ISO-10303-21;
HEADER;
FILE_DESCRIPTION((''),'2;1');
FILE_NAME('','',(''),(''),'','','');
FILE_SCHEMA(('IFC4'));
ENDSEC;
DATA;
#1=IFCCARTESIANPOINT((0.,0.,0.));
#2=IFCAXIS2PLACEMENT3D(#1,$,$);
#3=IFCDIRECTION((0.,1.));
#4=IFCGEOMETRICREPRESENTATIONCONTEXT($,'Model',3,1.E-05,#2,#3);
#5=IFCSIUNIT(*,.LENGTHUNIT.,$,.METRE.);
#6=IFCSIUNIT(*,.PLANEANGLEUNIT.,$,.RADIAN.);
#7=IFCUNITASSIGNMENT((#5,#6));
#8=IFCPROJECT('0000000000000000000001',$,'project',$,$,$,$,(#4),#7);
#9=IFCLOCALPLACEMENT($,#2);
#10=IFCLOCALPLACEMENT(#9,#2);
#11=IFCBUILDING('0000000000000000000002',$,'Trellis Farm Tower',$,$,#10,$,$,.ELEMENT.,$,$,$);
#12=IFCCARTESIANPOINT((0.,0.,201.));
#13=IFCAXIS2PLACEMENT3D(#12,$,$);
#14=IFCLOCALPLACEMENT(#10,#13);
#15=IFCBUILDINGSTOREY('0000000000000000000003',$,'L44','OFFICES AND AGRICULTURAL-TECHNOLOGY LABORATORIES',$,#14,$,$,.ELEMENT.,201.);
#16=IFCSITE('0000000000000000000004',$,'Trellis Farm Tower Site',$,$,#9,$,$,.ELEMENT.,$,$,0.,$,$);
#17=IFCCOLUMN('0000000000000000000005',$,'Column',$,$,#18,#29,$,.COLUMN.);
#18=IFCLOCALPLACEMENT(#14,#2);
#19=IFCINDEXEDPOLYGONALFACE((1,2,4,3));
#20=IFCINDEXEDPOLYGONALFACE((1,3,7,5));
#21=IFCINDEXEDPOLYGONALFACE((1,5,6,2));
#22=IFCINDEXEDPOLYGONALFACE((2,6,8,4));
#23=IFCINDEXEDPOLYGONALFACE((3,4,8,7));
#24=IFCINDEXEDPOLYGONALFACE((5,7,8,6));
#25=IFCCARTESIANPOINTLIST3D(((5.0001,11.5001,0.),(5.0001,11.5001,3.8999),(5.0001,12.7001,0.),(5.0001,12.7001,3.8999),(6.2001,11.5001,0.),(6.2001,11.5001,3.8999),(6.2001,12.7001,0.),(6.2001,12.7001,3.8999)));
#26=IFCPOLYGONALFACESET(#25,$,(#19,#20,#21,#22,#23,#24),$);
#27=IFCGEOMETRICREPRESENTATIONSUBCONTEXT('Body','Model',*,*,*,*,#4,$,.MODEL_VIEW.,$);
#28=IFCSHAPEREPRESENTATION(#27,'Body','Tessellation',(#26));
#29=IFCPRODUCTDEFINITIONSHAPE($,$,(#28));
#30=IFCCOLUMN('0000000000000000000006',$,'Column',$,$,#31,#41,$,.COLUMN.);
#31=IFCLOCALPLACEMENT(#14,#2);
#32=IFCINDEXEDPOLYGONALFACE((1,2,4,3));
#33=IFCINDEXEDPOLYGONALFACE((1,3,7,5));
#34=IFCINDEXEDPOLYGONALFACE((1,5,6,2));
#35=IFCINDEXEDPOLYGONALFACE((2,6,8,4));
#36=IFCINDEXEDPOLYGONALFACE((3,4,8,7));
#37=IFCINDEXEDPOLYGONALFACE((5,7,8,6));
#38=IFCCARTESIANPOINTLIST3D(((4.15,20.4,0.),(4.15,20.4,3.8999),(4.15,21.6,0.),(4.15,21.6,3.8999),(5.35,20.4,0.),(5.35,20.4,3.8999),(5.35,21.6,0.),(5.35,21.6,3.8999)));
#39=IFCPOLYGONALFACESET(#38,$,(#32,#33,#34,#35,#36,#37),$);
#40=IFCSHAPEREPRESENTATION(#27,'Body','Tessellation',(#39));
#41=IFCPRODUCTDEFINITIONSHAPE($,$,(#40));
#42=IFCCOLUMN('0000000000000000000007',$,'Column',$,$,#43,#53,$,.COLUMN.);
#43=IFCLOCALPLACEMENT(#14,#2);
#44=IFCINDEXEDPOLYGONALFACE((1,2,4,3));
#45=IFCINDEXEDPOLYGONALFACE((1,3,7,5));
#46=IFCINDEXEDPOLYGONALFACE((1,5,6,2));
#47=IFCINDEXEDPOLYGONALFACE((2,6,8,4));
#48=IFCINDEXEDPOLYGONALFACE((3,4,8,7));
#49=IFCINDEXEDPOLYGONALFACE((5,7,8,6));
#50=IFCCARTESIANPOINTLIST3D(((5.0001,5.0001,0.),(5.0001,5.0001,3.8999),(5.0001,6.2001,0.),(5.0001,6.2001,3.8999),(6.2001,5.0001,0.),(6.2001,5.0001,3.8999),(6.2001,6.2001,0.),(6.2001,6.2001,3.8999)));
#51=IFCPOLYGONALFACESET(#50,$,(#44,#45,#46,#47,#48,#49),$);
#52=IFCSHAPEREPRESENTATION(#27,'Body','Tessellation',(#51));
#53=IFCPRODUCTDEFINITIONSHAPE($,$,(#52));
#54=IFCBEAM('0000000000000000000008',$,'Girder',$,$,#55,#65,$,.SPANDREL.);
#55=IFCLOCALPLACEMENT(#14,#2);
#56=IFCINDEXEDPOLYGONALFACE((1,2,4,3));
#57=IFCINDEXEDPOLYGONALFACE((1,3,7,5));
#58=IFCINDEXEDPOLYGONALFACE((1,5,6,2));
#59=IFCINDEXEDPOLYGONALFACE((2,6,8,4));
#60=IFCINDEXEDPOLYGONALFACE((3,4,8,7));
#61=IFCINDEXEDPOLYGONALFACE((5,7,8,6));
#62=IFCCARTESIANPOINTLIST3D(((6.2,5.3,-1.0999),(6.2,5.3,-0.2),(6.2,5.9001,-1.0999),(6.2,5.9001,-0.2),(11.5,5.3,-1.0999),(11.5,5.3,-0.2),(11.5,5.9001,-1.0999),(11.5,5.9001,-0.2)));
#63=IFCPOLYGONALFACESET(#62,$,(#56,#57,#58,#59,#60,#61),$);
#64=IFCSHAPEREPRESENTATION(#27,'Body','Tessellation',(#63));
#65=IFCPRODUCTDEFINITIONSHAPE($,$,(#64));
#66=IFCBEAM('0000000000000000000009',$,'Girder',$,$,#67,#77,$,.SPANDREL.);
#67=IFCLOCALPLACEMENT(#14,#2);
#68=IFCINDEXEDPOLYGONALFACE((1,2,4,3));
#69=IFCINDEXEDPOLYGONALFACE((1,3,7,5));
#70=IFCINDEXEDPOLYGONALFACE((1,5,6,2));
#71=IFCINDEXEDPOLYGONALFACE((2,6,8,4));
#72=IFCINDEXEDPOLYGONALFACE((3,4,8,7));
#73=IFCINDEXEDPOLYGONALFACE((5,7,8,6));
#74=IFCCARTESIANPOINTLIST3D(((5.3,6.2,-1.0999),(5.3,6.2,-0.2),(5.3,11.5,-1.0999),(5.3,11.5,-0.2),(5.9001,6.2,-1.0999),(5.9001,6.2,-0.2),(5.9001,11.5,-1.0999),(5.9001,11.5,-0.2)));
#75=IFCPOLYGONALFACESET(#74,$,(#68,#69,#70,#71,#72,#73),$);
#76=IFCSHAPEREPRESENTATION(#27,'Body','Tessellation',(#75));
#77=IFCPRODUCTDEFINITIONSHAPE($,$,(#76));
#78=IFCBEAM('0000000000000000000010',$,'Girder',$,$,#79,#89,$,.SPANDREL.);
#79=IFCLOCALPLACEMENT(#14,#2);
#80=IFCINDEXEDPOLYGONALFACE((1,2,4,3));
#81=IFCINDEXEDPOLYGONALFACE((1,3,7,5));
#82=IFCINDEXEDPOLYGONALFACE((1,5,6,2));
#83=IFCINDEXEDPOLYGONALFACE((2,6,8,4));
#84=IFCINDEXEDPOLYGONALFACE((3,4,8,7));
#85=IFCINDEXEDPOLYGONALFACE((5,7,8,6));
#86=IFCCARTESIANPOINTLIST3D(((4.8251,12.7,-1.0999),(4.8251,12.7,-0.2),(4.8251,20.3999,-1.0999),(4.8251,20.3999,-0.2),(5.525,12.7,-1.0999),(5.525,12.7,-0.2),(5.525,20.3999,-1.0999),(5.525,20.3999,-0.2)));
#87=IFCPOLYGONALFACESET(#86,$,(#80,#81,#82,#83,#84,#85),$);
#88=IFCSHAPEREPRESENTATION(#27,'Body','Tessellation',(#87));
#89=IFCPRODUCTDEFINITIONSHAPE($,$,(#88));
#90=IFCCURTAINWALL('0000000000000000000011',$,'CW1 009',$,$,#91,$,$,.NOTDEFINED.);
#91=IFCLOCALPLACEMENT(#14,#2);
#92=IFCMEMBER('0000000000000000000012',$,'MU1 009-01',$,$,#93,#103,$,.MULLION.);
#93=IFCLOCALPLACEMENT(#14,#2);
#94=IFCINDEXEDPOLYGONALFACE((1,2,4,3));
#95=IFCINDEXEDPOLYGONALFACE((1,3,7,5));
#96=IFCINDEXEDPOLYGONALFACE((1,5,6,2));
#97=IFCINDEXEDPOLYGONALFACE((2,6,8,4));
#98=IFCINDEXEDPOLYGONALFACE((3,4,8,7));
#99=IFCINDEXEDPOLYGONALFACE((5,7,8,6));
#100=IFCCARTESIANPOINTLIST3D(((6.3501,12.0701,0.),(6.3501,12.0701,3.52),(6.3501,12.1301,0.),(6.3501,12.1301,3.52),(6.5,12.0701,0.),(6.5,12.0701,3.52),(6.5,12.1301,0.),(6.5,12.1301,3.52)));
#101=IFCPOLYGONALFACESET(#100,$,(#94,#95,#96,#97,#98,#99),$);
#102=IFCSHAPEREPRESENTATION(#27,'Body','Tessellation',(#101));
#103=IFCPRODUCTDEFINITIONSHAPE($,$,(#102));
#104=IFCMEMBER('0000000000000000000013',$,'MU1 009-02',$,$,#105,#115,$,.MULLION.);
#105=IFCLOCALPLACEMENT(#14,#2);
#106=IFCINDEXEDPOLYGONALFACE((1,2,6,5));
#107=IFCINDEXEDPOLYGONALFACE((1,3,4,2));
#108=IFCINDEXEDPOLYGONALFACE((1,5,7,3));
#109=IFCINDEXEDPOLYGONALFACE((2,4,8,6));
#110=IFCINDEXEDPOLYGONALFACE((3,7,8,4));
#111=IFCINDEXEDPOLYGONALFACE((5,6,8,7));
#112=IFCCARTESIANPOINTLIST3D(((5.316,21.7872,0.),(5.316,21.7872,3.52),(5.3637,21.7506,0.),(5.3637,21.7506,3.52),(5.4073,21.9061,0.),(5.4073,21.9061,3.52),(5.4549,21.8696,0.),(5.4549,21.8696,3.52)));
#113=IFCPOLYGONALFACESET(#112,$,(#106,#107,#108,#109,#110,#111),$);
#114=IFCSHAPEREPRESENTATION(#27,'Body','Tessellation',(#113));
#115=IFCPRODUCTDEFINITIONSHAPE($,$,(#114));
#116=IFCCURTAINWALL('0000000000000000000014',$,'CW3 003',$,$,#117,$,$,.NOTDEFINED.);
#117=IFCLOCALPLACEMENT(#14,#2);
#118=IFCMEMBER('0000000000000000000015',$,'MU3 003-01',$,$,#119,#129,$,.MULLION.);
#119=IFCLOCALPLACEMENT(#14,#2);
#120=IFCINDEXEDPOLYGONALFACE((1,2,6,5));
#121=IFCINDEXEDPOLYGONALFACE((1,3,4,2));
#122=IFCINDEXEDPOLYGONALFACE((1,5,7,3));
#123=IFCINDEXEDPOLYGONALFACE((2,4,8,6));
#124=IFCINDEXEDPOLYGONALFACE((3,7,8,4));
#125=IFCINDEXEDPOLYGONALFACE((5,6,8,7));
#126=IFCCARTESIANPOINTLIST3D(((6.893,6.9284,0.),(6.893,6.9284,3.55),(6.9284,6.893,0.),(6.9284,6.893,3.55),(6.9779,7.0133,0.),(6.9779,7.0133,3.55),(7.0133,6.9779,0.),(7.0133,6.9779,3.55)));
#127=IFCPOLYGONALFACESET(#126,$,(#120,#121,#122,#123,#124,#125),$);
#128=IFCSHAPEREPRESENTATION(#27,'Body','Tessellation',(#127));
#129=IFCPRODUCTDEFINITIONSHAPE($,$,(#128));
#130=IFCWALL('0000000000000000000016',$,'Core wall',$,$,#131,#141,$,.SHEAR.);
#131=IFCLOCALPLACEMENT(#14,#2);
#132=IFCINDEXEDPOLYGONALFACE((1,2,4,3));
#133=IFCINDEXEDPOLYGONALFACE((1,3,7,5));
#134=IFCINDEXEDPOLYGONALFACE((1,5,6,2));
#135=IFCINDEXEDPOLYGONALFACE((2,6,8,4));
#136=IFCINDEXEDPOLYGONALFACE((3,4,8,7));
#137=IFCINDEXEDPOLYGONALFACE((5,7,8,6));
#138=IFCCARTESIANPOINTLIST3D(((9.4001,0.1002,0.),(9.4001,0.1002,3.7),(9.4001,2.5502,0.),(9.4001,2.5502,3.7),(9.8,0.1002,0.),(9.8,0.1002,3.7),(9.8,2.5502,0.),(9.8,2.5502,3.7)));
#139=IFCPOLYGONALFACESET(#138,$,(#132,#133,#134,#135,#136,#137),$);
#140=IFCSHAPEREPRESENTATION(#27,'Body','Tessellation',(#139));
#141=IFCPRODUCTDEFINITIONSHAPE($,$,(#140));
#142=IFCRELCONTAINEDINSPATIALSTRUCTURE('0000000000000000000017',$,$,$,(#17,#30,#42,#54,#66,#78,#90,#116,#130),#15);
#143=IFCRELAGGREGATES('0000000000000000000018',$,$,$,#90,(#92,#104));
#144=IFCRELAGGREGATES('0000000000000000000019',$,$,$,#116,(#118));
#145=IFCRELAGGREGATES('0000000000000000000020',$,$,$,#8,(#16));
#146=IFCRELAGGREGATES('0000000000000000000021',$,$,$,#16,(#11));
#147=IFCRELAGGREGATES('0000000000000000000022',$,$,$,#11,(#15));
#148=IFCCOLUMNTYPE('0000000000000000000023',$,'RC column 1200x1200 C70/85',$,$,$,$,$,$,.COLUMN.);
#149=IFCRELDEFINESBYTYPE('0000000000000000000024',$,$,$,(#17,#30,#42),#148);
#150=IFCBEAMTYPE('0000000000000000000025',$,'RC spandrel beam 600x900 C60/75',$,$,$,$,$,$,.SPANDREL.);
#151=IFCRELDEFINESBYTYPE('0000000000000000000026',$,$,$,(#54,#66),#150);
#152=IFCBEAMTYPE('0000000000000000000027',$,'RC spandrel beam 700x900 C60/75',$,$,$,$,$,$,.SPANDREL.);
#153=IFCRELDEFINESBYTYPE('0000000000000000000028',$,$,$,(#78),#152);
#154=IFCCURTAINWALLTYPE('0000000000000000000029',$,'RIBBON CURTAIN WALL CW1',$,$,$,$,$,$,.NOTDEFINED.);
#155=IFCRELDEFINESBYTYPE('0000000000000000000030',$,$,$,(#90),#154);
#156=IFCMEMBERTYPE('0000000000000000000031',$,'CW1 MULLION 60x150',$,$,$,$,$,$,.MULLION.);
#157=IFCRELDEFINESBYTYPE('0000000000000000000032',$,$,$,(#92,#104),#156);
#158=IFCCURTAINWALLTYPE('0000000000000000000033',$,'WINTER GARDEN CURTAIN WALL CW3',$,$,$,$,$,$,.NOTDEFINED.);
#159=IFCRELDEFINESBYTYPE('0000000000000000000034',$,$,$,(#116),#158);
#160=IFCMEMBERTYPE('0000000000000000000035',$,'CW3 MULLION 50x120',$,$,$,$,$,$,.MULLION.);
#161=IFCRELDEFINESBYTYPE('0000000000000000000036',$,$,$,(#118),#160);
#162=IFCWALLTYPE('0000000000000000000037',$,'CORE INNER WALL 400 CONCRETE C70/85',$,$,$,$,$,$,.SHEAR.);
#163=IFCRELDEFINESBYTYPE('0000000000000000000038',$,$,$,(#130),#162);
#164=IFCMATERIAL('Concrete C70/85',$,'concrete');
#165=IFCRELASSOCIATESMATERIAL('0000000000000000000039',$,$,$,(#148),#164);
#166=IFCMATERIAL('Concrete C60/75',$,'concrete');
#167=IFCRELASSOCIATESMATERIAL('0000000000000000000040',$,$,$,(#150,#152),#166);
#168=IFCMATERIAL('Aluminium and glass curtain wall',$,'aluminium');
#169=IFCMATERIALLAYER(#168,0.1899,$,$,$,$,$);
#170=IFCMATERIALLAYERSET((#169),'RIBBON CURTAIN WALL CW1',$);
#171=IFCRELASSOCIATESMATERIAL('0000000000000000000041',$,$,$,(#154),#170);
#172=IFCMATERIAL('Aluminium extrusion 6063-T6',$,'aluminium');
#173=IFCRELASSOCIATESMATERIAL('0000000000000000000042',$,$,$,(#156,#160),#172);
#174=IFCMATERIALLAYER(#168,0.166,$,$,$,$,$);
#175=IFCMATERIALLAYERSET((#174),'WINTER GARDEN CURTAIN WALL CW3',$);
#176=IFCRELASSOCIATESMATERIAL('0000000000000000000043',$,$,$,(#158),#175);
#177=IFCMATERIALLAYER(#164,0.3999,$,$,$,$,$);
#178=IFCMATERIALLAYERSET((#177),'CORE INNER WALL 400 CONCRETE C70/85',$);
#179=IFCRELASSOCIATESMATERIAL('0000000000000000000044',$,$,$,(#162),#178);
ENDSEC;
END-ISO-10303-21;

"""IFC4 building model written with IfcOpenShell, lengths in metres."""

from ifc_helpers import new_model, si_unit, direction, frame, frame_2d, origin, origin_2d, place, context, subcontext, project, spatial, rectangle, extrude, source, transform, mapped, material, layer, layer_set, material_profile, profile_set, type_object, element, aggregate, save


model = new_model("IFC4")

# Units and contexts
model_context = context("Model", 3, precision=1e-05, world=origin(), true_north=direction((0.0, 1.0)))
body_context = subcontext(model_context, "Body", "Model", "MODEL_VIEW")
ifc_project = project(units=[si_unit("LENGTHUNIT", "METRE"), si_unit("PLANEANGLEUNIT", "RADIAN")], contexts=[model_context])

# Site, building, storey
site_placement = place(None, origin())
site = spatial("IfcSite", under=ifc_project, at=site_placement, Name="Trellis Farm Tower Site", CompositionType="ELEMENT", RefElevation=0.0)
building_placement = place(site_placement, origin())
building = spatial("IfcBuilding", under=site, at=building_placement, Name="Trellis Farm Tower", CompositionType="ELEMENT")
storey_placement = place(building_placement, frame((0.0, 0.0, 201.0)))
storey = spatial("IfcBuildingStorey", under=building, at=storey_placement, Name="L44", Description="OFFICES AND AGRICULTURAL-TECHNOLOGY LABORATORIES", CompositionType="ELEMENT", Elevation=201.0)

# Columns
ifc_material_1 = material(Name="Concrete C70/85", Category="concrete")
ifc_material_profile_1 = material_profile(ifc_material_1, rectangle(XDim=1.2, YDim=1.2, at=origin_2d()), Name="RC column 1200x1200 C70/85")
ifc_profile_set_1 = profile_set([ifc_material_profile_1], Name="Concrete C70/85")
column_type = type_object("IfcColumnType", Name="RC column 1200x1200 C70/85", PredefinedType="COLUMN", material=ifc_profile_set_1)
shared_shape_1 = source(origin(), body_context, "Body", "SweptSolid", [
    extrude(rectangle(XDim=1.2, YDim=1.2, at=origin_2d()), origin(), (0.0, 0.0, 1.0), 3.8999),
])
for number, where, z_axis, x_axis, name in (
    (1, (5.6001, 12.1001, 0.0), (0.0, 0.0, 1.0), (1.0, 0.0, 0.0), "Column"),
    (2, (4.75, 21.0, 0.0), (0.0, 0.0, 1.0), (1.0, 0.0, 0.0), "Column"),
    (3, (5.6001, 5.6001, 0.0), (0.0, 0.0, 1.0), (1.0, 0.0, 0.0), "Column"),
):
    element("IfcColumn", number, at=place(storey_placement, frame(where, z_axis=z_axis, x_axis=x_axis)), inside=storey, type_object=column_type, Name=name, PredefinedType="COLUMN", context=body_context, shape_type="MappedRepresentation", body=[
        mapped(shared_shape_1, transform((0.0, 0.0, 0.0))),
    ])

# Beams
ifc_material_2 = material(Name="Concrete C60/75", Category="concrete")
ifc_material_profile_2 = material_profile(ifc_material_2, rectangle(XDim=0.6001, YDim=0.8999, at=origin_2d()), Name="RC spandrel beam 600x900 C60/75")
ifc_profile_set_2 = profile_set([ifc_material_profile_2], Name="Concrete C60/75")
beam_type_1 = type_object("IfcBeamType", Name="RC spandrel beam 600x900 C60/75", PredefinedType="SPANDREL", material=ifc_profile_set_2)
shared_shape_2 = source(origin(), body_context, "Body", "SweptSolid", [
    extrude(rectangle(XDim=0.6001, YDim=0.8999, at=origin_2d()), origin(), (0.0, 0.0, 1.0), 5.3),
])
for number, where, z_axis, x_axis, name in (
    (4, (6.2, 5.6001, -0.6499), (1.0, 0.0, 0.0), (0.0, 1.0, 0.0), "Girder"),
    (5, (5.6001, 6.2, -0.6499), (0.0, 1.0, 0.0), (-1.0, 0.0, 0.0), "Girder"),
):
    element("IfcBeam", number, at=place(storey_placement, frame(where, z_axis=z_axis, x_axis=x_axis)), inside=storey, type_object=beam_type_1, Name=name, PredefinedType="SPANDREL", context=body_context, shape_type="MappedRepresentation", body=[
        mapped(shared_shape_2, transform((0.0, 0.0, 0.0))),
    ])
ifc_material_profile_3 = material_profile(ifc_material_2, rectangle(XDim=0.7, YDim=0.8999, at=origin_2d()), Name="RC spandrel beam 700x900 C60/75")
ifc_profile_set_3 = profile_set([ifc_material_profile_3], Name="Concrete C60/75")
beam_type_2 = type_object("IfcBeamType", Name="RC spandrel beam 700x900 C60/75", PredefinedType="SPANDREL", material=ifc_profile_set_3)
shared_shape_3 = source(origin(), body_context, "Body", "SweptSolid", [
    extrude(rectangle(XDim=0.7, YDim=0.8999, at=origin_2d()), origin(), (0.0, 0.0, 1.0), 7.7),
])
beam_placement = place(storey_placement, frame((5.175, 12.7, -0.6499), z_axis=(0.0, 1.0, 0.0), x_axis=(-1.0, 0.0, 0.0)))
element("IfcBeam", 6, at=beam_placement, inside=storey, type_object=beam_type_2, Name="Girder", PredefinedType="SPANDREL", context=body_context, shape_type="MappedRepresentation", body=[
    mapped(shared_shape_3, transform((0.0, 0.0, 0.0))),
])

# Curtain wall, members
ifc_material_3 = material(Name="Aluminium and glass curtain wall", Category="aluminium")
ifc_layer_1 = layer(ifc_material_3, 0.1899)
ifc_layer_set_1 = layer_set([ifc_layer_1], Name="RIBBON CURTAIN WALL CW1")
curtain_wall_type_1 = type_object("IfcCurtainWallType", Name="RIBBON CURTAIN WALL CW1", PredefinedType="NOTDEFINED", material=ifc_layer_set_1)
placement = place(storey_placement, origin())
curtain_wall_1 = element("IfcCurtainWall", 7, at=placement, inside=storey, type_object=curtain_wall_type_1, Name="CW1 009", PredefinedType="NOTDEFINED")
ifc_material_4 = material(Name="Aluminium extrusion 6063-T6", Category="aluminium")
ifc_material_profile_4 = material_profile(ifc_material_4, rectangle(XDim=0.0601, YDim=0.1499, at=origin_2d()), Name="MULLION 60x150")
ifc_profile_set_4 = profile_set([ifc_material_profile_4], Name="Aluminium extrusion 6063-T6")
member_type_1 = type_object("IfcMemberType", Name="CW1 MULLION 60x150", PredefinedType="MULLION", material=ifc_profile_set_4)
shared_shape_4 = source(origin(), body_context, "Body", "SweptSolid", [
    extrude(rectangle(XDim=0.0601, YDim=0.1499, at=origin_2d()), origin(), (0.0, 0.0, 1.0), 3.52),
])
member_1_placement = place(storey_placement, frame((6.425, 12.1001, 0.0), z_axis=(0.0, 0.0, 1.0), x_axis=(0.0, 1.0, 0.0)))
member_1 = element("IfcMember", 8, at=member_1_placement, type_object=member_type_1, Name="MU1 009-01", PredefinedType="MULLION", context=body_context, shape_type="MappedRepresentation", body=[
    mapped(shared_shape_4, transform((0.0, 0.0, 0.0))),
])
member_2_placement = place(storey_placement, frame((5.3855, 21.8284, 0.0), z_axis=(0.0, 0.0, 1.0), x_axis=(-0.793353, 0.608761, 0.0)))
member_2 = element("IfcMember", 9, at=member_2_placement, type_object=member_type_1, Name="MU1 009-02", PredefinedType="MULLION", context=body_context, shape_type="MappedRepresentation", body=[
    mapped(shared_shape_4, transform((0.0, 0.0, 0.0))),
])
aggregate(curtain_wall_1, [member_1, member_2])

# Curtain wall, member
ifc_layer_2 = layer(ifc_material_3, 0.166)
ifc_layer_set_2 = layer_set([ifc_layer_2], Name="WINTER GARDEN CURTAIN WALL CW3")
curtain_wall_type_2 = type_object("IfcCurtainWallType", Name="WINTER GARDEN CURTAIN WALL CW3", PredefinedType="NOTDEFINED", material=ifc_layer_set_2)
curtain_wall_2 = element("IfcCurtainWall", 10, at=placement, inside=storey, type_object=curtain_wall_type_2, Name="CW3 003", PredefinedType="NOTDEFINED")
ifc_material_profile_5 = material_profile(ifc_material_4, rectangle(XDim=0.05, YDim=0.1201, at=origin_2d()), Name="MULLION 50x120")
ifc_profile_set_5 = profile_set([ifc_material_profile_5], Name="Aluminium extrusion 6063-T6")
member_type_2 = type_object("IfcMemberType", Name="CW3 MULLION 50x120", PredefinedType="MULLION", material=ifc_profile_set_5)
shared_shape_5 = source(origin(), body_context, "Body", "SweptSolid", [
    extrude(rectangle(XDim=0.05, YDim=0.1201, at=origin_2d()), origin(), (0.0, 0.0, 1.0), 3.55),
])
member_3_placement = place(storey_placement, frame((6.9531, 6.9531, 0.0), z_axis=(0.0, 0.0, 1.0), x_axis=(-0.707107, 0.707107, 0.0)))
member_3 = element("IfcMember", 11, at=member_3_placement, type_object=member_type_2, Name="MU3 003-01", PredefinedType="MULLION", context=body_context, shape_type="MappedRepresentation", body=[
    mapped(shared_shape_5, transform((0.0, 0.0, 0.0))),
])
aggregate(curtain_wall_2, [member_3])

# Wall
ifc_layer_3 = layer(ifc_material_1, 0.3999)
ifc_layer_set_3 = layer_set([ifc_layer_3], Name="CORE INNER WALL 400 CONCRETE C70/85")
wall_type_1 = type_object("IfcWallType", Name="CORE INNER WALL 400 CONCRETE C70/85", PredefinedType="SHEAR", material=ifc_layer_set_3)
shared_shape_6 = source(origin(), body_context, "Body", "SweptSolid", [
    extrude(rectangle(XDim=2.45, YDim=0.3999, at=frame_2d((1.2251, 0.0))), origin(), (0.0, 0.0, 1.0), 3.7),
])
wall_1_placement = place(storey_placement, frame((9.6001, 0.1001, 0.0), z_axis=(0.0, 0.0, 1.0), x_axis=(0.0, 1.0, 0.0)))
element("IfcWall", 12, at=wall_1_placement, inside=storey, type_object=wall_type_1, Name="Core wall", PredefinedType="SHEAR", context=body_context, shape_type="MappedRepresentation", body=[
    mapped(shared_shape_6, transform((0.0, 0.0, 0.0))),
])

save(model, "model.ifc")
